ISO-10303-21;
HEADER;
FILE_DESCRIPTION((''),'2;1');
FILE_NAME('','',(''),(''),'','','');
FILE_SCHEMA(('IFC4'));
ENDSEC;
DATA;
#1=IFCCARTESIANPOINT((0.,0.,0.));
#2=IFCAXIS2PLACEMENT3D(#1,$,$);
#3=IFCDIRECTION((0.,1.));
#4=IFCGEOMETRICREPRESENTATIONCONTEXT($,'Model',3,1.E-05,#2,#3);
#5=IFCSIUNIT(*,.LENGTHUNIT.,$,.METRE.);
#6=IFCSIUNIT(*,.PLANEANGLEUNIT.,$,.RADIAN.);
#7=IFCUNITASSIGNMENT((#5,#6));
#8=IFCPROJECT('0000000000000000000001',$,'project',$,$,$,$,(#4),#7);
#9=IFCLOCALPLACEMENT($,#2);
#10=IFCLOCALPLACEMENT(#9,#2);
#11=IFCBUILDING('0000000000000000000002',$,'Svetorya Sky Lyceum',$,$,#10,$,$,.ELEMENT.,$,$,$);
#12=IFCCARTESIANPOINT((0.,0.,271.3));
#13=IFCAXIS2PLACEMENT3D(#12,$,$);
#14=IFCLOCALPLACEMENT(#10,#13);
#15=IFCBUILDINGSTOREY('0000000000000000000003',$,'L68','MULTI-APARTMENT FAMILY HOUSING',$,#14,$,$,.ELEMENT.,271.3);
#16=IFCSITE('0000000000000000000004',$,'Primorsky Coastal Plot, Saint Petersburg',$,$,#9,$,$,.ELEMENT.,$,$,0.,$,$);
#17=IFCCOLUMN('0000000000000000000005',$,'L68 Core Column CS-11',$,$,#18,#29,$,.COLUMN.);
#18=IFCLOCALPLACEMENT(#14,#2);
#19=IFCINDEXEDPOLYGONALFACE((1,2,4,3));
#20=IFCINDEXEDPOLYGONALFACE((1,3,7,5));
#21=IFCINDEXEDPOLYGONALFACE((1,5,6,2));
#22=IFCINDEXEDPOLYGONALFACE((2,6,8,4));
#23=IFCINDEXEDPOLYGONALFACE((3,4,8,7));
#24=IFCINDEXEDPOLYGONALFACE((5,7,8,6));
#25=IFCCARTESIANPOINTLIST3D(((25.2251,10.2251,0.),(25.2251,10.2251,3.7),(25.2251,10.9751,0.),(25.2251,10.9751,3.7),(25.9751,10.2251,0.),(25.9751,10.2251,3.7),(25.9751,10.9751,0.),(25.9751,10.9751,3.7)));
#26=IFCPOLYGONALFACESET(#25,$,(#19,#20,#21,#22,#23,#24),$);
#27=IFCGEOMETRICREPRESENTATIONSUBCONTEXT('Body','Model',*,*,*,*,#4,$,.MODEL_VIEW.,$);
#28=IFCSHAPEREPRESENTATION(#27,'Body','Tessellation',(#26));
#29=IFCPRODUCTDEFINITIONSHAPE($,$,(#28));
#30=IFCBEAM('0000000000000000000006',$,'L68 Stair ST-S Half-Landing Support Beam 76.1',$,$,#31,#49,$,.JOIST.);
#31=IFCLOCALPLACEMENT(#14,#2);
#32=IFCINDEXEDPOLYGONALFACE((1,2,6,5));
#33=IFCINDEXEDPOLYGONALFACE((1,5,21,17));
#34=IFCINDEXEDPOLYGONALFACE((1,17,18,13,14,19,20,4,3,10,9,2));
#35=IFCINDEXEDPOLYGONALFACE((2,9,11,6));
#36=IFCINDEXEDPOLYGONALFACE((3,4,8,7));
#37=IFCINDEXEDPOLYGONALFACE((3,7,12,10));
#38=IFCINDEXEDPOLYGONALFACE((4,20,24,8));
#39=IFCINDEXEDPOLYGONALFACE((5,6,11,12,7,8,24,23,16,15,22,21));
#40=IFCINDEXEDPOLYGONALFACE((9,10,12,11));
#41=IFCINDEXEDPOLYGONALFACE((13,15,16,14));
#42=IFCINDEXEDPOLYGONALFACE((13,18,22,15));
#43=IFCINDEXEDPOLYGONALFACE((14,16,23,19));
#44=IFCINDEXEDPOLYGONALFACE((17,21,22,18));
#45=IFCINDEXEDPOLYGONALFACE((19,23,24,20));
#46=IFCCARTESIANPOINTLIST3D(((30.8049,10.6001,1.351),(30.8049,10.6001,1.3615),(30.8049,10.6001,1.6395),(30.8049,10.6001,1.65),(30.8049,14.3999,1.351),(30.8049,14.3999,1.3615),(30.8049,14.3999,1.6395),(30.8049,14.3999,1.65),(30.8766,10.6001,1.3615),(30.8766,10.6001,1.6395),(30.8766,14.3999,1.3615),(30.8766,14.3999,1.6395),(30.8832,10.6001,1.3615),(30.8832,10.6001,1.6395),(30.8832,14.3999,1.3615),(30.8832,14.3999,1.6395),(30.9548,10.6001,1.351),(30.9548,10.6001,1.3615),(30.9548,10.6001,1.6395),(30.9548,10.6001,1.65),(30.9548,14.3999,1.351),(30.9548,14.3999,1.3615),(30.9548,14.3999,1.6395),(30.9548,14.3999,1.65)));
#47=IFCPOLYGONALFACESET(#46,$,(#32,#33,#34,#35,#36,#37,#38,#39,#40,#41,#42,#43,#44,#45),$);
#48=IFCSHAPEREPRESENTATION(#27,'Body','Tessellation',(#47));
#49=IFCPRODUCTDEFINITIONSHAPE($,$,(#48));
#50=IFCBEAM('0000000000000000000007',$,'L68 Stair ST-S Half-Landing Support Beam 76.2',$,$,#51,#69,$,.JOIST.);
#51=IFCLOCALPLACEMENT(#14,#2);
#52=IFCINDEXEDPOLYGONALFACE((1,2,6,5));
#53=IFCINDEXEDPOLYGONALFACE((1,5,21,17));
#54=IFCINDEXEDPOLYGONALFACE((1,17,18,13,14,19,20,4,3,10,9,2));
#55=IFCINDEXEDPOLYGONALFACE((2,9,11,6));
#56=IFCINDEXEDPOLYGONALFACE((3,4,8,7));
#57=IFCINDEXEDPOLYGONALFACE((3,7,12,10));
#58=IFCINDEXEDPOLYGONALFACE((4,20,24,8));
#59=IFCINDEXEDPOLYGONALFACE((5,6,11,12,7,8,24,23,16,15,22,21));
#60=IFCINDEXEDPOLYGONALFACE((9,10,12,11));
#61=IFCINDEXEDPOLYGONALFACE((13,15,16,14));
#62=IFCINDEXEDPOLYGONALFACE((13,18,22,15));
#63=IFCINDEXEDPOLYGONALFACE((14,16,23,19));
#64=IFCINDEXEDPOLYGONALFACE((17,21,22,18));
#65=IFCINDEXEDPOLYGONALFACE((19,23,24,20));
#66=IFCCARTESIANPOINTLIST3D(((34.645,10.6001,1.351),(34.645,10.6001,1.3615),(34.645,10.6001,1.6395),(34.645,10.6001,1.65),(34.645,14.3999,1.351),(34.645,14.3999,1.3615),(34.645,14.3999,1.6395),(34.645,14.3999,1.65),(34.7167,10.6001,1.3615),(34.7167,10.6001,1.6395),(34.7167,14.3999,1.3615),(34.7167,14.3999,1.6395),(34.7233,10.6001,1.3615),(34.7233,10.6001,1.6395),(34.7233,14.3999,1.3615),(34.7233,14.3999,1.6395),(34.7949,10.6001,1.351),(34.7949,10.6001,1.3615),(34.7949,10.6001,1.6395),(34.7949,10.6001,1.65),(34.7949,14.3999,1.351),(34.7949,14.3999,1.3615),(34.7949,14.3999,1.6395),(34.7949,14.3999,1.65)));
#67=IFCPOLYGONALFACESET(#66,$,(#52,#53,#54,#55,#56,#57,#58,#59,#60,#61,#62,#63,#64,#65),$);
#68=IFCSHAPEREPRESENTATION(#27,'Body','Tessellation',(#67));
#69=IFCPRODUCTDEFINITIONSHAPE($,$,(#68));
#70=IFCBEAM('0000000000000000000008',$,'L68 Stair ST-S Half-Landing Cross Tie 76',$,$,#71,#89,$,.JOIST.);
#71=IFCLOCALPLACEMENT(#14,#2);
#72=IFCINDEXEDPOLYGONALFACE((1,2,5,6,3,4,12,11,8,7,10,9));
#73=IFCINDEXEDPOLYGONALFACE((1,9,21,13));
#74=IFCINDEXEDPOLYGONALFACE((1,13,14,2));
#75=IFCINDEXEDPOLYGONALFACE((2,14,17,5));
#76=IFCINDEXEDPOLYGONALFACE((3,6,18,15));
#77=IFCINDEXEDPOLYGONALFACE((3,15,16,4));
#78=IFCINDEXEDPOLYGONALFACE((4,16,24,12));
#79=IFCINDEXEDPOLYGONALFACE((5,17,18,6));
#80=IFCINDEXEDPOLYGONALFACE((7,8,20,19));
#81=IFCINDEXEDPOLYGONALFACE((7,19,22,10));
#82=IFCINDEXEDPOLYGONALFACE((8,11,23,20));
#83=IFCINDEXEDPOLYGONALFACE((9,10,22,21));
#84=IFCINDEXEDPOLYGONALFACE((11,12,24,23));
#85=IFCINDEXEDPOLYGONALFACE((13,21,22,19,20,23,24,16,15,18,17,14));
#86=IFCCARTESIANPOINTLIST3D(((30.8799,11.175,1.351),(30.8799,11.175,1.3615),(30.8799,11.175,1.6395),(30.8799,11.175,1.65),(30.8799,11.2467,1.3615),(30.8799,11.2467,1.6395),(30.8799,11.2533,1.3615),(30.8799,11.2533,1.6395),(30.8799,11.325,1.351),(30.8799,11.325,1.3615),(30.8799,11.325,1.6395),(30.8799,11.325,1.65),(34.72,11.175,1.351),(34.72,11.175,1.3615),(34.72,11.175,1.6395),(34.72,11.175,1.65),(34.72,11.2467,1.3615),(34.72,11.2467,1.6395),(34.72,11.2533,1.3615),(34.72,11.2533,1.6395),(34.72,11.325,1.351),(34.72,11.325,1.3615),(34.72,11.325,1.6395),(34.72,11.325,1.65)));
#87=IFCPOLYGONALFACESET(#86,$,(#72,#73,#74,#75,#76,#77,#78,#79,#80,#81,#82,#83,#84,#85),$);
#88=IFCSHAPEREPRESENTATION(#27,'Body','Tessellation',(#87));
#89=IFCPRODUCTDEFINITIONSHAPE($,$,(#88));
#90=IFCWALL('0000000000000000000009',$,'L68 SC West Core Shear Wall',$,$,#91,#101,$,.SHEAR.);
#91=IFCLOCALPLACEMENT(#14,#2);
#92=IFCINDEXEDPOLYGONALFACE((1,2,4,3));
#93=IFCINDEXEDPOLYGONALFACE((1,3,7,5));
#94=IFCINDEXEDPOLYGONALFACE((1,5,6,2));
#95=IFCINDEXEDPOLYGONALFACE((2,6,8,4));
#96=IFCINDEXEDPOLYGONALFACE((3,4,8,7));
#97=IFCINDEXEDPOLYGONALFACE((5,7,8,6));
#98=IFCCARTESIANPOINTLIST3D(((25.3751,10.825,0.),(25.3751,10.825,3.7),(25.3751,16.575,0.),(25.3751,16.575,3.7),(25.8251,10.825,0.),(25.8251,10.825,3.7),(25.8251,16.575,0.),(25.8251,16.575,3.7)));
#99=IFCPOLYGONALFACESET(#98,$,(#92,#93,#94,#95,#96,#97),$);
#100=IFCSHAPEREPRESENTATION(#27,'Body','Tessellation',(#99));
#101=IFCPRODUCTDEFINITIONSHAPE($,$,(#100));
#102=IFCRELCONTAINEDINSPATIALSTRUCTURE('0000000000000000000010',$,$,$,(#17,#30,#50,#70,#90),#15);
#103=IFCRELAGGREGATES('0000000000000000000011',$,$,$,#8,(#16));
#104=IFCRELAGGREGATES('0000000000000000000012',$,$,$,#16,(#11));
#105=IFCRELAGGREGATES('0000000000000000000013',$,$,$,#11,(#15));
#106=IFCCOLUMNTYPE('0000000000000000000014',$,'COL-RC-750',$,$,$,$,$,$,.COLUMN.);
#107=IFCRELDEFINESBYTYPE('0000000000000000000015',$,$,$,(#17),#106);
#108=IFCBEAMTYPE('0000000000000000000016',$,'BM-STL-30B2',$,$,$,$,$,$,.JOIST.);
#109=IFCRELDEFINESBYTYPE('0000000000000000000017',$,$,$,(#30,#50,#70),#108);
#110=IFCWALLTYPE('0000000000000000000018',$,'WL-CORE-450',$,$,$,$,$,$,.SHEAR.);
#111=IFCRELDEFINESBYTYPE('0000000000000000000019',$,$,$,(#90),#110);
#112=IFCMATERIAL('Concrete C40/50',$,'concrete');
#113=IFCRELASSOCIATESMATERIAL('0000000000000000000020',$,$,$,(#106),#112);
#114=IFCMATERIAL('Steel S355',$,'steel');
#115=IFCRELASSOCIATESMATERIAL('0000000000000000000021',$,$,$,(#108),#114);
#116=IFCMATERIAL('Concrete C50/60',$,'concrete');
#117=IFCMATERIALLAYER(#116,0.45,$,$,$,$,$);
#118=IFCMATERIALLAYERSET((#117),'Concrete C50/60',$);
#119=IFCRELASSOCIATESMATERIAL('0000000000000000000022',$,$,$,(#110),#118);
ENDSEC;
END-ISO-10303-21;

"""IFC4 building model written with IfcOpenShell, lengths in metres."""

from ifc_helpers import new_model, si_unit, direction, frame, frame_2d, origin, origin_2d, place, context, subcontext, project, spatial, rectangle, i_section, extrude, material, layer, layer_set, material_profile, profile_set, type_object, element, save


model = new_model("IFC4")

# Units and contexts
model_context = context("Model", 3, precision=1e-05, world=origin(), true_north=direction((0.0, 1.0)))
body_context = subcontext(model_context, "Body", "Model", "MODEL_VIEW")
ifc_project = project(units=[si_unit("LENGTHUNIT", "METRE"), si_unit("PLANEANGLEUNIT", "RADIAN")], contexts=[model_context])

# Site, building, storey
site_placement = place(None, origin())
site = spatial("IfcSite", under=ifc_project, at=site_placement, Name="Primorsky Coastal Plot, Saint Petersburg", CompositionType="ELEMENT", RefElevation=0.0)
building_placement = place(site_placement, origin())
building = spatial("IfcBuilding", under=site, at=building_placement, Name="Svetorya Sky Lyceum", CompositionType="ELEMENT")
storey_placement = place(building_placement, frame((0.0, 0.0, 271.3)))
storey = spatial("IfcBuildingStorey", under=building, at=storey_placement, Name="L68", Description="MULTI-APARTMENT FAMILY HOUSING", CompositionType="ELEMENT", Elevation=271.3)

# Column
ifc_material_1 = material(Name="Concrete C40/50", Category="concrete")
ifc_material_profile_1 = material_profile(ifc_material_1, rectangle(XDim=0.75, YDim=0.75, at=origin_2d()), Name="RC COL 750x750")
ifc_profile_set_1 = profile_set([ifc_material_profile_1], Name="Concrete C40/50")
column_type = type_object("IfcColumnType", Name="COL-RC-750", PredefinedType="COLUMN", material=ifc_profile_set_1)
column_placement = place(storey_placement, frame((25.6001, 10.6001, 0.0), z_axis=(0.0, 0.0, 1.0), x_axis=(1.0, 0.0, 0.0)))
element("IfcColumn", 1, at=column_placement, inside=storey, type_object=column_type, Name="L68 Core Column CS-11", PredefinedType="COLUMN", context=body_context, shape_type="SweptSolid", body=[
    extrude(rectangle(XDim=0.75, YDim=0.75, at=origin_2d()), origin(), (0.0, 0.0, 1.0), 3.7),
])

# Beams
ifc_material_2 = material(Name="Steel S355", Category="steel")
ifc_material_profile_2 = material_profile(ifc_material_2, i_section(OverallWidth=0.1499, OverallDepth=0.2991, WebThickness=0.0066, FlangeThickness=0.0105, at=origin_2d()), Name="GOST 30B2")
ifc_profile_set_2 = profile_set([ifc_material_profile_2], Name="Steel S355")
beam_type = type_object("IfcBeamType", Name="BM-STL-30B2", PredefinedType="JOIST", material=ifc_profile_set_2)
for number, where, z_axis, x_axis, name in (
    (2, (30.8799, 10.6001, 1.5005), (0.0, 1.0, 0.0), (-1.0, 0.0, 0.0), "L68 Stair ST-S Half-Landing Support Beam 76.1"),
    (3, (34.72, 10.6001, 1.5005), (0.0, 1.0, 0.0), (-1.0, 0.0, 0.0), "L68 Stair ST-S Half-Landing Support Beam 76.2"),
):
    element("IfcBeam", number, at=place(storey_placement, frame(where, z_axis=z_axis, x_axis=x_axis)), inside=storey, type_object=beam_type, Name=name, PredefinedType="JOIST", context=body_context, shape_type="SweptSolid", body=[
        extrude(i_section(OverallWidth=0.1499, OverallDepth=0.2991, WebThickness=0.0066, FlangeThickness=0.0105, at=origin_2d()), origin(), (0.0, 0.0, 1.0), 3.7998),
    ])
beam_placement = place(storey_placement, frame((30.8799, 11.25, 1.5005), z_axis=(1.0, 0.0, 0.0), x_axis=(0.0, 1.0, 0.0)))
element("IfcBeam", 4, at=beam_placement, inside=storey, type_object=beam_type, Name="L68 Stair ST-S Half-Landing Cross Tie 76", PredefinedType="JOIST", context=body_context, shape_type="SweptSolid", body=[
    extrude(i_section(OverallWidth=0.1499, OverallDepth=0.2991, WebThickness=0.0066, FlangeThickness=0.0105, at=origin_2d()), origin(), (0.0, 0.0, 1.0), 3.8401),
])

# Wall
ifc_material_3 = material(Name="Concrete C50/60", Category="concrete")
ifc_layer_1 = layer(ifc_material_3, 0.45)
ifc_layer_set_1 = layer_set([ifc_layer_1], Name="Concrete C50/60")
wall_type_1 = type_object("IfcWallType", Name="WL-CORE-450", PredefinedType="SHEAR", material=ifc_layer_set_1)
wall_1_placement = place(storey_placement, frame((25.6001, 10.825, 0.0), z_axis=(0.0, 0.0, 1.0), x_axis=(0.0, 1.0, 0.0)))
element("IfcWall", 5, at=wall_1_placement, inside=storey, type_object=wall_type_1, Name="L68 SC West Core Shear Wall", PredefinedType="SHEAR", context=body_context, shape_type="SweptSolid", body=[
    extrude(rectangle(XDim=5.75, YDim=0.45, at=frame_2d((2.875, 0.0))), origin(), (0.0, 0.0, 1.0), 3.7),
])

save(model, "model.ifc")
